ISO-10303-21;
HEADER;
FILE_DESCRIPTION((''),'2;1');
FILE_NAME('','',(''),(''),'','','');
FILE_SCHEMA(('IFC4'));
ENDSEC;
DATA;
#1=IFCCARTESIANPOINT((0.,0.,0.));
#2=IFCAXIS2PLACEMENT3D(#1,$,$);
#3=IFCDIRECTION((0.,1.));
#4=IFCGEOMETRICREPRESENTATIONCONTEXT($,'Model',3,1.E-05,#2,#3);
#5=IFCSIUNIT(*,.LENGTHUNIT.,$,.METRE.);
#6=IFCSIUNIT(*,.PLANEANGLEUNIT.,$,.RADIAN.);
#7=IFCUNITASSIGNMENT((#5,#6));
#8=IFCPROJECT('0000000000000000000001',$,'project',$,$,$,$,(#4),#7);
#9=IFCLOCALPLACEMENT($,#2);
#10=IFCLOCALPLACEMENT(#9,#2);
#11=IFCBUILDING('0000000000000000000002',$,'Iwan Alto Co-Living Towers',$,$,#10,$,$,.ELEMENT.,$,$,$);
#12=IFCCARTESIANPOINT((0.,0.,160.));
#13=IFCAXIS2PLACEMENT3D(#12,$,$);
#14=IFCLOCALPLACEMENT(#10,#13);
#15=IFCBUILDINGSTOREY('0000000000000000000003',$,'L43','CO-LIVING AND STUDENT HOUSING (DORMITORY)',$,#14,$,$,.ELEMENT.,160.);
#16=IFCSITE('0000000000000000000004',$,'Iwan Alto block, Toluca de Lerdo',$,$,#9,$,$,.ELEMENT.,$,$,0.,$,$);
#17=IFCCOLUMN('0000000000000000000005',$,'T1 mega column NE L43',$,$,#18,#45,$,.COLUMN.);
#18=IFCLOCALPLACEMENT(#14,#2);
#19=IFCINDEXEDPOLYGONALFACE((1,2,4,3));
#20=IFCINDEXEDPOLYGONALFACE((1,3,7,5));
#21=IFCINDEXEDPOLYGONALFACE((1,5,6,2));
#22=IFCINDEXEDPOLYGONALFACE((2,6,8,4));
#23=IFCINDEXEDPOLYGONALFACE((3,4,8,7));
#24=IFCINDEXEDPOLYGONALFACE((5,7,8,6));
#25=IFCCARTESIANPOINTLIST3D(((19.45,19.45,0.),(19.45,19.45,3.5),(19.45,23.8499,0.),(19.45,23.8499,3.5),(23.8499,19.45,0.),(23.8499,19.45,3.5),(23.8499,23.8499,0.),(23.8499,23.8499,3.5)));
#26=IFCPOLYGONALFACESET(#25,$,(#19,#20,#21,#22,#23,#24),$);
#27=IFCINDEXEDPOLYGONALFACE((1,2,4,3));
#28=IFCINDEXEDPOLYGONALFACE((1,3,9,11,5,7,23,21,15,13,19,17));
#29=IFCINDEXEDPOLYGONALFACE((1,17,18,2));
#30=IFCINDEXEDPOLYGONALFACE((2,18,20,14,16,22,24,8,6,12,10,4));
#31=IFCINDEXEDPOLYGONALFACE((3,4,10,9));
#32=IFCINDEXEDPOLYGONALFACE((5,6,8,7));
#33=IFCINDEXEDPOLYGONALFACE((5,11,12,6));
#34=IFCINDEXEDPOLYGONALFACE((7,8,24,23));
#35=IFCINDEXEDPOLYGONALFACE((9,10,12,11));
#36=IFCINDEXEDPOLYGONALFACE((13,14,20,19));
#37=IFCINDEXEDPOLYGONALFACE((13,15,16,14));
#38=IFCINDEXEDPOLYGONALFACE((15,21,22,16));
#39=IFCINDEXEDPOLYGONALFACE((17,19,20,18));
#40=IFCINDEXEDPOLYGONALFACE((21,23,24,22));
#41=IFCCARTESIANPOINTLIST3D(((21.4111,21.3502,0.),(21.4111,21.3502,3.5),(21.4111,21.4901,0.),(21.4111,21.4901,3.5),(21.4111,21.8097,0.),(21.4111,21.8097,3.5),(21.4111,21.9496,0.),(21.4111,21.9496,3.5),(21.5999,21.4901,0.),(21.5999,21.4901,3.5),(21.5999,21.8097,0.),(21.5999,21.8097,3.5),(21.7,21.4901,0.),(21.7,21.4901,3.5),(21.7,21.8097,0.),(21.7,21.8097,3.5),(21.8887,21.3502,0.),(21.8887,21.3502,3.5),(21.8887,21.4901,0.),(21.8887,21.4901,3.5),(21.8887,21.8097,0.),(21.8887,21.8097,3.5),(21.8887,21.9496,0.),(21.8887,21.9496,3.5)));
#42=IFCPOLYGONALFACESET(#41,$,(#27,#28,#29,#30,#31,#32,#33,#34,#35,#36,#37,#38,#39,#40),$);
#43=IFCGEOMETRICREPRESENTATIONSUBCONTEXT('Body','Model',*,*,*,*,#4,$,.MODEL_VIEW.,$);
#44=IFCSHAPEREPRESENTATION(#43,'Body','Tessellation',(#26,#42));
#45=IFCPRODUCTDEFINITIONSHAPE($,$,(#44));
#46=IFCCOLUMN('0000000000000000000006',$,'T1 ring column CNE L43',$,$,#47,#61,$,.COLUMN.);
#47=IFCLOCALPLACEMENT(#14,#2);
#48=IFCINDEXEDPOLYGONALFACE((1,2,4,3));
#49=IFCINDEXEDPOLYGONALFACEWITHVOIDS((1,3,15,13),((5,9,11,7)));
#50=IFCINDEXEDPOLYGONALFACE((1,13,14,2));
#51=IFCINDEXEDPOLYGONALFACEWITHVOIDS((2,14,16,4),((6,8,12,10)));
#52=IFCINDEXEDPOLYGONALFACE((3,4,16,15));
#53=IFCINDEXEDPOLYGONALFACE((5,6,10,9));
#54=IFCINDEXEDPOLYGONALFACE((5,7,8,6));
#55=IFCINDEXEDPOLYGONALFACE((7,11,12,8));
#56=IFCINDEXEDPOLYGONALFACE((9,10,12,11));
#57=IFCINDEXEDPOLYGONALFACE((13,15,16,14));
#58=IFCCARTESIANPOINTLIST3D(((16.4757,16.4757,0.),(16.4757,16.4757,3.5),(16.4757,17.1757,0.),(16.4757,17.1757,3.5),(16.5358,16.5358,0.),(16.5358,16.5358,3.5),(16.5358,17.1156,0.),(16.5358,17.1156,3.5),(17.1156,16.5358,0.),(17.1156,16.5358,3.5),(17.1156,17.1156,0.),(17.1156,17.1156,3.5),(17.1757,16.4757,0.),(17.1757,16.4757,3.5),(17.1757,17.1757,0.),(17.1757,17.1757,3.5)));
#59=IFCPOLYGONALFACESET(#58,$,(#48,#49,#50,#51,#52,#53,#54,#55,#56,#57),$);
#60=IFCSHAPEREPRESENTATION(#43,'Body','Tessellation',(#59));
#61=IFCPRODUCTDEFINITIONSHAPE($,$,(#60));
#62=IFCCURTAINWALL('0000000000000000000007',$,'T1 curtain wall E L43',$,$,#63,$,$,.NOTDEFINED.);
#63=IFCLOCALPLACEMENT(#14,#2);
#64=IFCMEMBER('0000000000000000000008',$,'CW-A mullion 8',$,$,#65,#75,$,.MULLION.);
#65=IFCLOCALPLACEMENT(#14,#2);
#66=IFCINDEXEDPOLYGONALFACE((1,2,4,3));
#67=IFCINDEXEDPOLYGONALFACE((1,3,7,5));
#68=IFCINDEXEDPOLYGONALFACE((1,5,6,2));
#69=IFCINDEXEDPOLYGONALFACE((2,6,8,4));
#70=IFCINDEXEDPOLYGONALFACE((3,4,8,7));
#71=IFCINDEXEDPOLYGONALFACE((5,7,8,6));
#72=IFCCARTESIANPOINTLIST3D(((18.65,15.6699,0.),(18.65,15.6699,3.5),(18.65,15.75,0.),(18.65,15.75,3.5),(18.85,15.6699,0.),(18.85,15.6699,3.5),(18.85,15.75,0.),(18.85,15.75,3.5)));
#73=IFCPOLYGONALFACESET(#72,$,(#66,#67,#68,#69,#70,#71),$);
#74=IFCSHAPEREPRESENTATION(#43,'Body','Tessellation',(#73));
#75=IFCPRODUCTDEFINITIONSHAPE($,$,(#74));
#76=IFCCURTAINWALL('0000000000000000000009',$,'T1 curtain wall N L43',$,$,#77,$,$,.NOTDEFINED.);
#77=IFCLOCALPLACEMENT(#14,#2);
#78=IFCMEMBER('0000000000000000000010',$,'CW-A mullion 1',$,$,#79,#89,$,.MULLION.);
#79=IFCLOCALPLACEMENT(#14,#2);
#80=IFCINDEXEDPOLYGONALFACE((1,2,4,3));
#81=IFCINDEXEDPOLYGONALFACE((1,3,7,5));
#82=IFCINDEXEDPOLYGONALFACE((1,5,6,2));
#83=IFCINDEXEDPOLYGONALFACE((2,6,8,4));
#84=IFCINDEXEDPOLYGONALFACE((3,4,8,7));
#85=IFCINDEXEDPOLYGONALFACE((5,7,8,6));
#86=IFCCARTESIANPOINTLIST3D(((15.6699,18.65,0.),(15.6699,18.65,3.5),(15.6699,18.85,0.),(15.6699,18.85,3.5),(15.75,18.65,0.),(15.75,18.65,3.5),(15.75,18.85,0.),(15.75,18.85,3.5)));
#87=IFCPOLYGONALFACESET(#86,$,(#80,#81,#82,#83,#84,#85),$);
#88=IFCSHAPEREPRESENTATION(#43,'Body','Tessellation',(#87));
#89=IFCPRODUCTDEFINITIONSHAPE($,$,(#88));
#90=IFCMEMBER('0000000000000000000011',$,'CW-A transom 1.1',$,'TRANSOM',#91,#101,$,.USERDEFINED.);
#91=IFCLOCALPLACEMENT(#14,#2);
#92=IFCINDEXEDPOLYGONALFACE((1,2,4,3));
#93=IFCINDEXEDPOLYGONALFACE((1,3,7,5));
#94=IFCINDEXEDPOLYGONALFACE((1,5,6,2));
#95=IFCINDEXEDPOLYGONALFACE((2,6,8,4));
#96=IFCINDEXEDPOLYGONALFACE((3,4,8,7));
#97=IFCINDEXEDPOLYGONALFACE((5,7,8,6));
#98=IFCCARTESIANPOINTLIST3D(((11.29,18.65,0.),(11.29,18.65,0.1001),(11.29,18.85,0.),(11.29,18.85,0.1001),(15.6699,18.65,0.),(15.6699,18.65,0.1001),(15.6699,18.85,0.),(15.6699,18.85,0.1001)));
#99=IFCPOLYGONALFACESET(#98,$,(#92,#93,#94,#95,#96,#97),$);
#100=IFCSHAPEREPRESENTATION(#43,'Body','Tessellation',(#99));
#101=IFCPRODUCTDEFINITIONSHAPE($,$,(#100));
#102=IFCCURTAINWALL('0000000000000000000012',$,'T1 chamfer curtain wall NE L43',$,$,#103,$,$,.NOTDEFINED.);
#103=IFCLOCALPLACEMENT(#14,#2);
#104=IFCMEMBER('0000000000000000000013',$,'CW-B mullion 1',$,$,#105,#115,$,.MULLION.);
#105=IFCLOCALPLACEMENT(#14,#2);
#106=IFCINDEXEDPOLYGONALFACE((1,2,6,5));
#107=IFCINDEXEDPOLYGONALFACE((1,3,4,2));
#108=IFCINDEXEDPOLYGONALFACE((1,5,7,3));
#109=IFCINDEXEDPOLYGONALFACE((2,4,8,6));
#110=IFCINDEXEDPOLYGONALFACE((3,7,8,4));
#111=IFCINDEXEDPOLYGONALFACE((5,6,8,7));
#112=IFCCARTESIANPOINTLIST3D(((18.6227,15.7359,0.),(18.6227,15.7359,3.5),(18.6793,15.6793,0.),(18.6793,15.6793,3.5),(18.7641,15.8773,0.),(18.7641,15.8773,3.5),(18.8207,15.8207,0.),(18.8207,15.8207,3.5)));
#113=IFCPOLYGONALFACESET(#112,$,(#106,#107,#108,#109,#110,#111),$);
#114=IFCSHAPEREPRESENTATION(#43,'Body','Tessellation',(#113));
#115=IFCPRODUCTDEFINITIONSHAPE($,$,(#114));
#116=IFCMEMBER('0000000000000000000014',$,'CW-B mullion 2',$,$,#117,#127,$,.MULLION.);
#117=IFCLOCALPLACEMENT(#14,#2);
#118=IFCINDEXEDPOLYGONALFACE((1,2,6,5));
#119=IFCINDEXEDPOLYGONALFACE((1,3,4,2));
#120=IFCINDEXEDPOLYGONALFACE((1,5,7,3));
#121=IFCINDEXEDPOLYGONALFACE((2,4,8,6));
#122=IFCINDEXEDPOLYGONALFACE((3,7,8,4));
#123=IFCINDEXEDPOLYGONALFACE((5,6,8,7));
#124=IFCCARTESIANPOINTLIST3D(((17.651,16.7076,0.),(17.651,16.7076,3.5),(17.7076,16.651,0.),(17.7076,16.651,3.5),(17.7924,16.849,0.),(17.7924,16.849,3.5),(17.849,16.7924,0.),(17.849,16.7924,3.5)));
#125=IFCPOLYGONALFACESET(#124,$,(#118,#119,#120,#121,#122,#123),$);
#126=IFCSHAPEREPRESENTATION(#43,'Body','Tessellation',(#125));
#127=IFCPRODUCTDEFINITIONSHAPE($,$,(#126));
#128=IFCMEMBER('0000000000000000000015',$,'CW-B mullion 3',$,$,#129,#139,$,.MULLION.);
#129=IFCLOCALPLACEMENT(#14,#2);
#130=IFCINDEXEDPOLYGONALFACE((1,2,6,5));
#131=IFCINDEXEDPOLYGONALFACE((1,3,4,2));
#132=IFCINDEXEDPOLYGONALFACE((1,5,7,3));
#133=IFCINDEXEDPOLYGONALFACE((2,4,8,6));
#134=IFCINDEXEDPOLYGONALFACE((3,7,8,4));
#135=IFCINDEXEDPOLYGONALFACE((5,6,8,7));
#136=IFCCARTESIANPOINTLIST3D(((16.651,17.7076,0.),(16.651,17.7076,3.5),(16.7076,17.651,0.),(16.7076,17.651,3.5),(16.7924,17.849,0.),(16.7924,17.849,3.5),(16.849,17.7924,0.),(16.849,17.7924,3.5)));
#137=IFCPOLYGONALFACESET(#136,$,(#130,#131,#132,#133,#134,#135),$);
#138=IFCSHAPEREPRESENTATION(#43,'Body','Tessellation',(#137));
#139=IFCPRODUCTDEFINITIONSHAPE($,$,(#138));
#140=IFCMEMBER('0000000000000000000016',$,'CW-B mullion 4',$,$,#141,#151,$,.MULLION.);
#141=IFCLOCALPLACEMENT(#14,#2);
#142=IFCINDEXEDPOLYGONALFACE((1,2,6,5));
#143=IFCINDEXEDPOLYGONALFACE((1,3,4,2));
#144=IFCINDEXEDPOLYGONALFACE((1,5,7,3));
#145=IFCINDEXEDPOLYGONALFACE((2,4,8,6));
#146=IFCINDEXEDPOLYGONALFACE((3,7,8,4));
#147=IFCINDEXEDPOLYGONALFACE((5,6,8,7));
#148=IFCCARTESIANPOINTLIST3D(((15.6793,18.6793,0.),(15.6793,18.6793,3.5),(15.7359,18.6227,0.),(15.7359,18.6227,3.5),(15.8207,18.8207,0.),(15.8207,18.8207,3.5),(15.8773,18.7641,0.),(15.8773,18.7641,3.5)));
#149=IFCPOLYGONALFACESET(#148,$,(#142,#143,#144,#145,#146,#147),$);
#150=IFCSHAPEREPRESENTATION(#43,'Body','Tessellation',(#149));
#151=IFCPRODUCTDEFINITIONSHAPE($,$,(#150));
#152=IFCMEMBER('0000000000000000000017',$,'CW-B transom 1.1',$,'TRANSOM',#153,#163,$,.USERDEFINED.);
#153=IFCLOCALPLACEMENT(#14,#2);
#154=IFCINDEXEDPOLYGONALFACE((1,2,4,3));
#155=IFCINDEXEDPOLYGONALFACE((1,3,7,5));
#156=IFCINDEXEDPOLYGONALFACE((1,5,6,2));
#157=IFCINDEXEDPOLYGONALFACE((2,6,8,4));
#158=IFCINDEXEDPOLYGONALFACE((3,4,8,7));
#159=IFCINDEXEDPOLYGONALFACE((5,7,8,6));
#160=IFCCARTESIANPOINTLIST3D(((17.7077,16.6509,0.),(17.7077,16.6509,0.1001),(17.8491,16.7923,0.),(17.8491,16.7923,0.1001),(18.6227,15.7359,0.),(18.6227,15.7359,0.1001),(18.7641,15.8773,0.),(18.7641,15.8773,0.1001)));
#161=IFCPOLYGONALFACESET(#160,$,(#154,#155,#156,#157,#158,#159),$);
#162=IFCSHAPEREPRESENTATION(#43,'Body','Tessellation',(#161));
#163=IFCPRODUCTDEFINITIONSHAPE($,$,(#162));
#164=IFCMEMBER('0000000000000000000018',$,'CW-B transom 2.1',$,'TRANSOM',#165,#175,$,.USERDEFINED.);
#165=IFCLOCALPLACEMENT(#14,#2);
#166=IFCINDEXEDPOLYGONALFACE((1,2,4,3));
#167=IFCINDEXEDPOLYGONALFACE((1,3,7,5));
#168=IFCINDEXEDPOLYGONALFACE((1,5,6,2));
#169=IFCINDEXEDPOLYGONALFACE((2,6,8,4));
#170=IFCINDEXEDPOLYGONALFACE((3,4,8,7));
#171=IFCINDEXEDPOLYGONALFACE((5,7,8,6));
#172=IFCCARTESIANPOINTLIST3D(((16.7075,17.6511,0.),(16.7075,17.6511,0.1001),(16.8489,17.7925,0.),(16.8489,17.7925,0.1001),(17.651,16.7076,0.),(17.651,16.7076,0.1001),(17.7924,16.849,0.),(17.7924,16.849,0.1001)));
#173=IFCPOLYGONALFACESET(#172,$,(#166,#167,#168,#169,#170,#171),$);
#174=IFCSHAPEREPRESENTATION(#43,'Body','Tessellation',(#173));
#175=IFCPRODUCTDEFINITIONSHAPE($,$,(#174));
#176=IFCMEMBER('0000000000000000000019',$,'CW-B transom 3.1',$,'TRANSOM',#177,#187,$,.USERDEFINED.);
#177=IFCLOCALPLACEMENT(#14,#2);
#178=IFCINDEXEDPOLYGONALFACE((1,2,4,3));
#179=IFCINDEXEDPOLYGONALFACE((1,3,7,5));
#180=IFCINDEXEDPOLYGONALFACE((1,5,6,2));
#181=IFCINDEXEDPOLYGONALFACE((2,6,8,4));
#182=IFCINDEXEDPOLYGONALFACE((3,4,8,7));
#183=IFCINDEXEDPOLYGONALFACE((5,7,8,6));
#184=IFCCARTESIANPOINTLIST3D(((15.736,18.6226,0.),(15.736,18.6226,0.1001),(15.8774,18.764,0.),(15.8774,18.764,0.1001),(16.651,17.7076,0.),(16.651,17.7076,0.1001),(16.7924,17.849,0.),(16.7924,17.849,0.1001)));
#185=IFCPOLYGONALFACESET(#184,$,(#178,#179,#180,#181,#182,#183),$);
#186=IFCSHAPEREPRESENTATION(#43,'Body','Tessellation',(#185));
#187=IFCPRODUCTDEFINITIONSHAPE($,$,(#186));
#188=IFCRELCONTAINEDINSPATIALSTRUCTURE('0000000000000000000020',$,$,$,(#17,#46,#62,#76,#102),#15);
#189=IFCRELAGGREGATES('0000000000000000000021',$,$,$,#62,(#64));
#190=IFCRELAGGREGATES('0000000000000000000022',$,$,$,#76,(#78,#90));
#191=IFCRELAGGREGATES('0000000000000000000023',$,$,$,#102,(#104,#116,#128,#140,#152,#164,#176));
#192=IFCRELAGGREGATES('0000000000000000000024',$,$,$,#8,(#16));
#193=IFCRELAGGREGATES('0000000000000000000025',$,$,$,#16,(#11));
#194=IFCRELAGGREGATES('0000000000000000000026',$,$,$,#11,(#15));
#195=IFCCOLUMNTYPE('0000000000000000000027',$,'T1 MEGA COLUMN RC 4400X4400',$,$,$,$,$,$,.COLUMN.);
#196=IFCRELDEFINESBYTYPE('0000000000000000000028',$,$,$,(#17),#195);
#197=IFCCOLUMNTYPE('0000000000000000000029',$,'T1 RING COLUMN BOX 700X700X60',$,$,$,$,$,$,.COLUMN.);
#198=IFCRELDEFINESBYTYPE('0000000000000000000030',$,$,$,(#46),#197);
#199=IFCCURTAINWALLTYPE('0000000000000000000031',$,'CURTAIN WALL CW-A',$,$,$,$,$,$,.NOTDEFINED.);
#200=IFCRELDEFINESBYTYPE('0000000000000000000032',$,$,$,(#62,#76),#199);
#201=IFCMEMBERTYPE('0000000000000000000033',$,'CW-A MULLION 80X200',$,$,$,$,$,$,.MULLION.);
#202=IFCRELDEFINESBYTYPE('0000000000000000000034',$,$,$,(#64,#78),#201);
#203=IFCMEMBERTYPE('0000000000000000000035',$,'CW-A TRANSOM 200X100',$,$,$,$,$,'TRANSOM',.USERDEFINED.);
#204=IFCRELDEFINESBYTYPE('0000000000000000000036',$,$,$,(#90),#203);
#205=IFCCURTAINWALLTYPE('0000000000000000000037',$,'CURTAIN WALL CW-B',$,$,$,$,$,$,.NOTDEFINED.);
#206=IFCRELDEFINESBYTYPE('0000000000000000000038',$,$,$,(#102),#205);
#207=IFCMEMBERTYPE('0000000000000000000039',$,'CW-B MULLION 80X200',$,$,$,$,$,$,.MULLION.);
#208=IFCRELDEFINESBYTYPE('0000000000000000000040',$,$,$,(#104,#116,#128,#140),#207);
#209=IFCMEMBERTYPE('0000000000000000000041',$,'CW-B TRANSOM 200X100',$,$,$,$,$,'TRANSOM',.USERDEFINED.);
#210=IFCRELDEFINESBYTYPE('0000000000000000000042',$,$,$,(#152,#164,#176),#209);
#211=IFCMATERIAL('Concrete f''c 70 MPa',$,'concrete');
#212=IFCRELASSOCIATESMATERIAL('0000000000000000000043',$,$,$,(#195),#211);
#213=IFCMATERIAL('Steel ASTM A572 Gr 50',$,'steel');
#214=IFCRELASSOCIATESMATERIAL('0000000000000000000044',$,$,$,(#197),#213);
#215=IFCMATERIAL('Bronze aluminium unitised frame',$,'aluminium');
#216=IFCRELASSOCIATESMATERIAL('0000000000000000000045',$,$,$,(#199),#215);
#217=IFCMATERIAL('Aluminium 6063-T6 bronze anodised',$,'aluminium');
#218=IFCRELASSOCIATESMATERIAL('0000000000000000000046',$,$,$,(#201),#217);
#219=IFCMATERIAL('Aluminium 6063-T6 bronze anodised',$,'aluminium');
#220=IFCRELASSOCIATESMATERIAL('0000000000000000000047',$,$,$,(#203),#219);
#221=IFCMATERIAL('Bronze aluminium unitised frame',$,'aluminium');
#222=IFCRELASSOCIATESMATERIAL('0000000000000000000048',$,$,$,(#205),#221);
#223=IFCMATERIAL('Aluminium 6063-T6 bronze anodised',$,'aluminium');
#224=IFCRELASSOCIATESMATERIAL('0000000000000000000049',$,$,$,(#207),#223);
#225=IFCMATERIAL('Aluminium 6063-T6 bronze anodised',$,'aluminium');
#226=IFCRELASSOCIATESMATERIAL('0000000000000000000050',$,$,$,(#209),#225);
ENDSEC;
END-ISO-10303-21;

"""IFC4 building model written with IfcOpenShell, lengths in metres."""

from ifc_helpers import new_model, si_unit, direction, frame, origin, origin_2d, place, context, subcontext, project, spatial, rectangle, hollow_rectangle, i_section, extrude, material, material_profile, profile_set, type_object, element, aggregate, save


model = new_model("IFC4")

# Units and contexts
model_context = context("Model", 3, precision=1e-05, world=origin(), true_north=direction((0.0, 1.0)))
body_context = subcontext(model_context, "Body", "Model", "MODEL_VIEW")
ifc_project = project(units=[si_unit("LENGTHUNIT", "METRE"), si_unit("PLANEANGLEUNIT", "RADIAN")], contexts=[model_context])

# Site, building, storey
site_placement = place(None, origin())
site = spatial("IfcSite", under=ifc_project, at=site_placement, Name="Iwan Alto block, Toluca de Lerdo", CompositionType="ELEMENT", RefElevation=0.0)
building_placement = place(site_placement, origin())
building = spatial("IfcBuilding", under=site, at=building_placement, Name="Iwan Alto Co-Living Towers", CompositionType="ELEMENT")
storey_placement = place(building_placement, frame((0.0, 0.0, 160.0)))
storey = spatial("IfcBuildingStorey", under=building, at=storey_placement, Name="L43", Description="CO-LIVING AND STUDENT HOUSING (DORMITORY)", CompositionType="ELEMENT", Elevation=160.0)

# Columns
ifc_material_1 = material(Name="Concrete f'c 70 MPa", Category="concrete")
ifc_material_profile_1 = material_profile(ifc_material_1, rectangle(XDim=4.3999, YDim=4.3999, at=origin_2d()), Name="RC 4400X4400")
ifc_profile_set_1 = profile_set([ifc_material_profile_1], Name="Concrete f'c 70 MPa")
column_type_1 = type_object("IfcColumnType", Name="T1 MEGA COLUMN RC 4400X4400", PredefinedType="COLUMN", material=ifc_profile_set_1)
column_1_placement = place(storey_placement, frame((21.6499, 21.6499, 0.0), z_axis=(0.0, 0.0, 1.0), x_axis=(1.0, 0.0, 0.0)))
element("IfcColumn", 1, at=column_1_placement, inside=storey, type_object=column_type_1, Name="T1 mega column NE L43", PredefinedType="COLUMN", context=body_context, shape_type="SweptSolid", body=[
    extrude(rectangle(XDim=4.3999, YDim=4.3999, at=origin_2d()), origin(), (0.0, 0.0, 1.0), 3.5),
    extrude(i_section(OverallWidth=0.4775, OverallDepth=0.5994, WebThickness=0.1001, FlangeThickness=0.1399, at=origin_2d()), origin(), (0.0, 0.0, 1.0), 3.5),
])
ifc_material_2 = material(Name="Steel ASTM A572 Gr 50", Category="steel")
ifc_material_profile_2 = material_profile(ifc_material_2, hollow_rectangle(XDim=0.7, YDim=0.7, WallThickness=0.0601, at=origin_2d()), Name="BOX 700X700X60")
ifc_profile_set_2 = profile_set([ifc_material_profile_2], Name="Steel ASTM A572 Gr 50")
column_type_2 = type_object("IfcColumnType", Name="T1 RING COLUMN BOX 700X700X60", PredefinedType="COLUMN", material=ifc_profile_set_2)
column_2_placement = place(storey_placement, frame((16.8257, 16.8257, 0.0), z_axis=(0.0, 0.0, 1.0), x_axis=(1.0, 0.0, 0.0)))
element("IfcColumn", 2, at=column_2_placement, inside=storey, type_object=column_type_2, Name="T1 ring column CNE L43", PredefinedType="COLUMN", context=body_context, shape_type="SweptSolid", body=[
    extrude(hollow_rectangle(XDim=0.7, YDim=0.7, WallThickness=0.0601, at=origin_2d()), origin(), (0.0, 0.0, 1.0), 3.5),
])

# Curtain wall, member
ifc_material_3 = material(Name="Bronze aluminium unitised frame", Category="aluminium")
curtain_wall_type_1 = type_object("IfcCurtainWallType", Name="CURTAIN WALL CW-A", PredefinedType="NOTDEFINED", material=ifc_material_3)
curtain_wall_1_placement = place(storey_placement, origin())
curtain_wall_1 = element("IfcCurtainWall", 3, at=curtain_wall_1_placement, inside=storey, type_object=curtain_wall_type_1, Name="T1 curtain wall E L43", PredefinedType="NOTDEFINED")
ifc_material_4 = material(Name="Aluminium 6063-T6 bronze anodised", Category="aluminium")
ifc_material_profile_3 = material_profile(ifc_material_4, rectangle(XDim=0.2, YDim=0.0801, at=origin_2d()), Name="AL 80X200")
ifc_profile_set_3 = profile_set([ifc_material_profile_3], Name="Aluminium 6063-T6 bronze anodised")
member_type_1 = type_object("IfcMemberType", Name="CW-A MULLION 80X200", PredefinedType="MULLION", material=ifc_profile_set_3)
member_1_placement = place(storey_placement, frame((18.75, 15.71, 0.0), z_axis=(0.0, 0.0, 1.0), x_axis=(-1.0, 0.0, 0.0)))
member_1 = element("IfcMember", 4, at=member_1_placement, type_object=member_type_1, Name="CW-A mullion 8", PredefinedType="MULLION", context=body_context, shape_type="SweptSolid", body=[
    extrude(rectangle(XDim=0.2, YDim=0.0801, at=origin_2d()), origin(), (0.0, 0.0, 1.0), 3.5),
])

# Curtain walls, members
curtain_wall_2_placement = place(storey_placement, origin())
curtain_wall_2 = element("IfcCurtainWall", 5, at=curtain_wall_2_placement, inside=storey, type_object=curtain_wall_type_1, Name="T1 curtain wall N L43", PredefinedType="NOTDEFINED")
member_2_placement = place(storey_placement, frame((15.71, 18.75, 0.0), z_axis=(0.0, 0.0, 1.0), x_axis=(0.0, -1.0, 0.0)))
member_2 = element("IfcMember", 6, at=member_2_placement, type_object=member_type_1, Name="CW-A mullion 1", PredefinedType="MULLION", context=body_context, shape_type="SweptSolid", body=[
    extrude(rectangle(XDim=0.2, YDim=0.0801, at=origin_2d()), origin(), (0.0, 0.0, 1.0), 3.5),
])
ifc_material_5 = material(Name="Aluminium 6063-T6 bronze anodised", Category="aluminium")
ifc_material_profile_4 = material_profile(ifc_material_5, rectangle(XDim=0.2, YDim=0.1001, at=origin_2d()), Name="AL 200X100")
ifc_profile_set_4 = profile_set([ifc_material_profile_4], Name="Aluminium 6063-T6 bronze anodised")
member_type_2 = type_object("IfcMemberType", Name="CW-A TRANSOM 200X100", ElementType="TRANSOM", PredefinedType="USERDEFINED", material=ifc_profile_set_4)
member_3_placement = place(storey_placement, frame((15.6699, 18.75, 0.05), z_axis=(-1.0, 0.0, 0.0), x_axis=(0.0, -1.0, 0.0)))
member_3 = element("IfcMember", 7, at=member_3_placement, type_object=member_type_2, Name="CW-A transom 1.1", ObjectType="TRANSOM", PredefinedType="USERDEFINED", context=body_context, shape_type="SweptSolid", body=[
    extrude(rectangle(XDim=0.2, YDim=0.1001, at=origin_2d()), origin(), (0.0, 0.0, 1.0), 4.3799),
])
ifc_material_6 = material(Name="Bronze aluminium unitised frame", Category="aluminium")
curtain_wall_type_2 = type_object("IfcCurtainWallType", Name="CURTAIN WALL CW-B", PredefinedType="NOTDEFINED", material=ifc_material_6)
curtain_wall_3_placement = place(storey_placement, origin())
curtain_wall_3 = element("IfcCurtainWall", 8, at=curtain_wall_3_placement, inside=storey, type_object=curtain_wall_type_2, Name="T1 chamfer curtain wall NE L43", PredefinedType="NOTDEFINED")
ifc_material_7 = material(Name="Aluminium 6063-T6 bronze anodised", Category="aluminium")
ifc_material_profile_5 = material_profile(ifc_material_7, rectangle(XDim=0.2, YDim=0.0801, at=origin_2d()), Name="AL 80X200")
ifc_profile_set_5 = profile_set([ifc_material_profile_5], Name="Aluminium 6063-T6 bronze anodised")
member_type_3 = type_object("IfcMemberType", Name="CW-B MULLION 80X200", PredefinedType="MULLION", material=ifc_profile_set_5)
member_4_placement = place(storey_placement, frame((18.7217, 15.7783, 0.0), z_axis=(0.0, 0.0, 1.0), x_axis=(-0.707107, -0.707107, 0.0)))
member_4 = element("IfcMember", 9, at=member_4_placement, type_object=member_type_3, Name="CW-B mullion 1", PredefinedType="MULLION", context=body_context, shape_type="SweptSolid", body=[
    extrude(rectangle(XDim=0.2, YDim=0.0801, at=origin_2d()), origin(), (0.0, 0.0, 1.0), 3.5),
])
member_5_placement = place(storey_placement, frame((17.75, 16.75, 0.0), z_axis=(0.0, 0.0, 1.0), x_axis=(-0.707107, -0.707107, 0.0)))
member_5 = element("IfcMember", 10, at=member_5_placement, type_object=member_type_3, Name="CW-B mullion 2", PredefinedType="MULLION", context=body_context, shape_type="SweptSolid", body=[
    extrude(rectangle(XDim=0.2, YDim=0.0801, at=origin_2d()), origin(), (0.0, 0.0, 1.0), 3.5),
])
member_6_placement = place(storey_placement, frame((16.75, 17.75, 0.0), z_axis=(0.0, 0.0, 1.0), x_axis=(-0.707107, -0.707107, 0.0)))
member_6 = element("IfcMember", 11, at=member_6_placement, type_object=member_type_3, Name="CW-B mullion 3", PredefinedType="MULLION", context=body_context, shape_type="SweptSolid", body=[
    extrude(rectangle(XDim=0.2, YDim=0.0801, at=origin_2d()), origin(), (0.0, 0.0, 1.0), 3.5),
])
member_7_placement = place(storey_placement, frame((15.7783, 18.7217, 0.0), z_axis=(0.0, 0.0, 1.0), x_axis=(-0.707107, -0.707107, 0.0)))
member_7 = element("IfcMember", 12, at=member_7_placement, type_object=member_type_3, Name="CW-B mullion 4", PredefinedType="MULLION", context=body_context, shape_type="SweptSolid", body=[
    extrude(rectangle(XDim=0.2, YDim=0.0801, at=origin_2d()), origin(), (0.0, 0.0, 1.0), 3.5),
])
ifc_material_8 = material(Name="Aluminium 6063-T6 bronze anodised", Category="aluminium")
ifc_material_profile_6 = material_profile(ifc_material_8, rectangle(XDim=0.2, YDim=0.1001, at=origin_2d()), Name="AL 200X100")
ifc_profile_set_6 = profile_set([ifc_material_profile_6], Name="Aluminium 6063-T6 bronze anodised")
member_type_4 = type_object("IfcMemberType", Name="CW-B TRANSOM 200X100", ElementType="TRANSOM", PredefinedType="USERDEFINED", material=ifc_profile_set_6)
member_8_placement = place(storey_placement, frame((18.6934, 15.8066, 0.05), z_axis=(-0.707107, 0.707107, 0.0), x_axis=(-0.707107, -0.707107, 0.0)))
member_8 = element("IfcMember", 13, at=member_8_placement, type_object=member_type_4, Name="CW-B transom 1.1", ObjectType="TRANSOM", PredefinedType="USERDEFINED", context=body_context, shape_type="SweptSolid", body=[
    extrude(rectangle(XDim=0.2, YDim=0.1001, at=origin_2d()), origin(), (0.0, 0.0, 1.0), 1.2939),
])
member_9_placement = place(storey_placement, frame((17.7217, 16.7783, 0.05), z_axis=(-0.707107, 0.707107, 0.0), x_axis=(-0.707107, -0.707107, 0.0)))
member_9 = element("IfcMember", 14, at=member_9_placement, type_object=member_type_4, Name="CW-B transom 2.1", ObjectType="TRANSOM", PredefinedType="USERDEFINED", context=body_context, shape_type="SweptSolid", body=[
    extrude(rectangle(XDim=0.2, YDim=0.1001, at=origin_2d()), origin(), (0.0, 0.0, 1.0), 1.3342),
])
member_10_placement = place(storey_placement, frame((16.7217, 17.7783, 0.05), z_axis=(-0.707107, 0.707107, 0.0), x_axis=(-0.707107, -0.707107, 0.0)))
member_10 = element("IfcMember", 15, at=member_10_placement, type_object=member_type_4, Name="CW-B transom 3.1", ObjectType="TRANSOM", PredefinedType="USERDEFINED", context=body_context, shape_type="SweptSolid", body=[
    extrude(rectangle(XDim=0.2, YDim=0.1001, at=origin_2d()), origin(), (0.0, 0.0, 1.0), 1.2939),
])

aggregate(curtain_wall_1, [member_1])
aggregate(curtain_wall_2, [member_2, member_3])
aggregate(curtain_wall_3, [member_4, member_5, member_6, member_7, member_8, member_9, member_10])

save(model, "model.ifc")
